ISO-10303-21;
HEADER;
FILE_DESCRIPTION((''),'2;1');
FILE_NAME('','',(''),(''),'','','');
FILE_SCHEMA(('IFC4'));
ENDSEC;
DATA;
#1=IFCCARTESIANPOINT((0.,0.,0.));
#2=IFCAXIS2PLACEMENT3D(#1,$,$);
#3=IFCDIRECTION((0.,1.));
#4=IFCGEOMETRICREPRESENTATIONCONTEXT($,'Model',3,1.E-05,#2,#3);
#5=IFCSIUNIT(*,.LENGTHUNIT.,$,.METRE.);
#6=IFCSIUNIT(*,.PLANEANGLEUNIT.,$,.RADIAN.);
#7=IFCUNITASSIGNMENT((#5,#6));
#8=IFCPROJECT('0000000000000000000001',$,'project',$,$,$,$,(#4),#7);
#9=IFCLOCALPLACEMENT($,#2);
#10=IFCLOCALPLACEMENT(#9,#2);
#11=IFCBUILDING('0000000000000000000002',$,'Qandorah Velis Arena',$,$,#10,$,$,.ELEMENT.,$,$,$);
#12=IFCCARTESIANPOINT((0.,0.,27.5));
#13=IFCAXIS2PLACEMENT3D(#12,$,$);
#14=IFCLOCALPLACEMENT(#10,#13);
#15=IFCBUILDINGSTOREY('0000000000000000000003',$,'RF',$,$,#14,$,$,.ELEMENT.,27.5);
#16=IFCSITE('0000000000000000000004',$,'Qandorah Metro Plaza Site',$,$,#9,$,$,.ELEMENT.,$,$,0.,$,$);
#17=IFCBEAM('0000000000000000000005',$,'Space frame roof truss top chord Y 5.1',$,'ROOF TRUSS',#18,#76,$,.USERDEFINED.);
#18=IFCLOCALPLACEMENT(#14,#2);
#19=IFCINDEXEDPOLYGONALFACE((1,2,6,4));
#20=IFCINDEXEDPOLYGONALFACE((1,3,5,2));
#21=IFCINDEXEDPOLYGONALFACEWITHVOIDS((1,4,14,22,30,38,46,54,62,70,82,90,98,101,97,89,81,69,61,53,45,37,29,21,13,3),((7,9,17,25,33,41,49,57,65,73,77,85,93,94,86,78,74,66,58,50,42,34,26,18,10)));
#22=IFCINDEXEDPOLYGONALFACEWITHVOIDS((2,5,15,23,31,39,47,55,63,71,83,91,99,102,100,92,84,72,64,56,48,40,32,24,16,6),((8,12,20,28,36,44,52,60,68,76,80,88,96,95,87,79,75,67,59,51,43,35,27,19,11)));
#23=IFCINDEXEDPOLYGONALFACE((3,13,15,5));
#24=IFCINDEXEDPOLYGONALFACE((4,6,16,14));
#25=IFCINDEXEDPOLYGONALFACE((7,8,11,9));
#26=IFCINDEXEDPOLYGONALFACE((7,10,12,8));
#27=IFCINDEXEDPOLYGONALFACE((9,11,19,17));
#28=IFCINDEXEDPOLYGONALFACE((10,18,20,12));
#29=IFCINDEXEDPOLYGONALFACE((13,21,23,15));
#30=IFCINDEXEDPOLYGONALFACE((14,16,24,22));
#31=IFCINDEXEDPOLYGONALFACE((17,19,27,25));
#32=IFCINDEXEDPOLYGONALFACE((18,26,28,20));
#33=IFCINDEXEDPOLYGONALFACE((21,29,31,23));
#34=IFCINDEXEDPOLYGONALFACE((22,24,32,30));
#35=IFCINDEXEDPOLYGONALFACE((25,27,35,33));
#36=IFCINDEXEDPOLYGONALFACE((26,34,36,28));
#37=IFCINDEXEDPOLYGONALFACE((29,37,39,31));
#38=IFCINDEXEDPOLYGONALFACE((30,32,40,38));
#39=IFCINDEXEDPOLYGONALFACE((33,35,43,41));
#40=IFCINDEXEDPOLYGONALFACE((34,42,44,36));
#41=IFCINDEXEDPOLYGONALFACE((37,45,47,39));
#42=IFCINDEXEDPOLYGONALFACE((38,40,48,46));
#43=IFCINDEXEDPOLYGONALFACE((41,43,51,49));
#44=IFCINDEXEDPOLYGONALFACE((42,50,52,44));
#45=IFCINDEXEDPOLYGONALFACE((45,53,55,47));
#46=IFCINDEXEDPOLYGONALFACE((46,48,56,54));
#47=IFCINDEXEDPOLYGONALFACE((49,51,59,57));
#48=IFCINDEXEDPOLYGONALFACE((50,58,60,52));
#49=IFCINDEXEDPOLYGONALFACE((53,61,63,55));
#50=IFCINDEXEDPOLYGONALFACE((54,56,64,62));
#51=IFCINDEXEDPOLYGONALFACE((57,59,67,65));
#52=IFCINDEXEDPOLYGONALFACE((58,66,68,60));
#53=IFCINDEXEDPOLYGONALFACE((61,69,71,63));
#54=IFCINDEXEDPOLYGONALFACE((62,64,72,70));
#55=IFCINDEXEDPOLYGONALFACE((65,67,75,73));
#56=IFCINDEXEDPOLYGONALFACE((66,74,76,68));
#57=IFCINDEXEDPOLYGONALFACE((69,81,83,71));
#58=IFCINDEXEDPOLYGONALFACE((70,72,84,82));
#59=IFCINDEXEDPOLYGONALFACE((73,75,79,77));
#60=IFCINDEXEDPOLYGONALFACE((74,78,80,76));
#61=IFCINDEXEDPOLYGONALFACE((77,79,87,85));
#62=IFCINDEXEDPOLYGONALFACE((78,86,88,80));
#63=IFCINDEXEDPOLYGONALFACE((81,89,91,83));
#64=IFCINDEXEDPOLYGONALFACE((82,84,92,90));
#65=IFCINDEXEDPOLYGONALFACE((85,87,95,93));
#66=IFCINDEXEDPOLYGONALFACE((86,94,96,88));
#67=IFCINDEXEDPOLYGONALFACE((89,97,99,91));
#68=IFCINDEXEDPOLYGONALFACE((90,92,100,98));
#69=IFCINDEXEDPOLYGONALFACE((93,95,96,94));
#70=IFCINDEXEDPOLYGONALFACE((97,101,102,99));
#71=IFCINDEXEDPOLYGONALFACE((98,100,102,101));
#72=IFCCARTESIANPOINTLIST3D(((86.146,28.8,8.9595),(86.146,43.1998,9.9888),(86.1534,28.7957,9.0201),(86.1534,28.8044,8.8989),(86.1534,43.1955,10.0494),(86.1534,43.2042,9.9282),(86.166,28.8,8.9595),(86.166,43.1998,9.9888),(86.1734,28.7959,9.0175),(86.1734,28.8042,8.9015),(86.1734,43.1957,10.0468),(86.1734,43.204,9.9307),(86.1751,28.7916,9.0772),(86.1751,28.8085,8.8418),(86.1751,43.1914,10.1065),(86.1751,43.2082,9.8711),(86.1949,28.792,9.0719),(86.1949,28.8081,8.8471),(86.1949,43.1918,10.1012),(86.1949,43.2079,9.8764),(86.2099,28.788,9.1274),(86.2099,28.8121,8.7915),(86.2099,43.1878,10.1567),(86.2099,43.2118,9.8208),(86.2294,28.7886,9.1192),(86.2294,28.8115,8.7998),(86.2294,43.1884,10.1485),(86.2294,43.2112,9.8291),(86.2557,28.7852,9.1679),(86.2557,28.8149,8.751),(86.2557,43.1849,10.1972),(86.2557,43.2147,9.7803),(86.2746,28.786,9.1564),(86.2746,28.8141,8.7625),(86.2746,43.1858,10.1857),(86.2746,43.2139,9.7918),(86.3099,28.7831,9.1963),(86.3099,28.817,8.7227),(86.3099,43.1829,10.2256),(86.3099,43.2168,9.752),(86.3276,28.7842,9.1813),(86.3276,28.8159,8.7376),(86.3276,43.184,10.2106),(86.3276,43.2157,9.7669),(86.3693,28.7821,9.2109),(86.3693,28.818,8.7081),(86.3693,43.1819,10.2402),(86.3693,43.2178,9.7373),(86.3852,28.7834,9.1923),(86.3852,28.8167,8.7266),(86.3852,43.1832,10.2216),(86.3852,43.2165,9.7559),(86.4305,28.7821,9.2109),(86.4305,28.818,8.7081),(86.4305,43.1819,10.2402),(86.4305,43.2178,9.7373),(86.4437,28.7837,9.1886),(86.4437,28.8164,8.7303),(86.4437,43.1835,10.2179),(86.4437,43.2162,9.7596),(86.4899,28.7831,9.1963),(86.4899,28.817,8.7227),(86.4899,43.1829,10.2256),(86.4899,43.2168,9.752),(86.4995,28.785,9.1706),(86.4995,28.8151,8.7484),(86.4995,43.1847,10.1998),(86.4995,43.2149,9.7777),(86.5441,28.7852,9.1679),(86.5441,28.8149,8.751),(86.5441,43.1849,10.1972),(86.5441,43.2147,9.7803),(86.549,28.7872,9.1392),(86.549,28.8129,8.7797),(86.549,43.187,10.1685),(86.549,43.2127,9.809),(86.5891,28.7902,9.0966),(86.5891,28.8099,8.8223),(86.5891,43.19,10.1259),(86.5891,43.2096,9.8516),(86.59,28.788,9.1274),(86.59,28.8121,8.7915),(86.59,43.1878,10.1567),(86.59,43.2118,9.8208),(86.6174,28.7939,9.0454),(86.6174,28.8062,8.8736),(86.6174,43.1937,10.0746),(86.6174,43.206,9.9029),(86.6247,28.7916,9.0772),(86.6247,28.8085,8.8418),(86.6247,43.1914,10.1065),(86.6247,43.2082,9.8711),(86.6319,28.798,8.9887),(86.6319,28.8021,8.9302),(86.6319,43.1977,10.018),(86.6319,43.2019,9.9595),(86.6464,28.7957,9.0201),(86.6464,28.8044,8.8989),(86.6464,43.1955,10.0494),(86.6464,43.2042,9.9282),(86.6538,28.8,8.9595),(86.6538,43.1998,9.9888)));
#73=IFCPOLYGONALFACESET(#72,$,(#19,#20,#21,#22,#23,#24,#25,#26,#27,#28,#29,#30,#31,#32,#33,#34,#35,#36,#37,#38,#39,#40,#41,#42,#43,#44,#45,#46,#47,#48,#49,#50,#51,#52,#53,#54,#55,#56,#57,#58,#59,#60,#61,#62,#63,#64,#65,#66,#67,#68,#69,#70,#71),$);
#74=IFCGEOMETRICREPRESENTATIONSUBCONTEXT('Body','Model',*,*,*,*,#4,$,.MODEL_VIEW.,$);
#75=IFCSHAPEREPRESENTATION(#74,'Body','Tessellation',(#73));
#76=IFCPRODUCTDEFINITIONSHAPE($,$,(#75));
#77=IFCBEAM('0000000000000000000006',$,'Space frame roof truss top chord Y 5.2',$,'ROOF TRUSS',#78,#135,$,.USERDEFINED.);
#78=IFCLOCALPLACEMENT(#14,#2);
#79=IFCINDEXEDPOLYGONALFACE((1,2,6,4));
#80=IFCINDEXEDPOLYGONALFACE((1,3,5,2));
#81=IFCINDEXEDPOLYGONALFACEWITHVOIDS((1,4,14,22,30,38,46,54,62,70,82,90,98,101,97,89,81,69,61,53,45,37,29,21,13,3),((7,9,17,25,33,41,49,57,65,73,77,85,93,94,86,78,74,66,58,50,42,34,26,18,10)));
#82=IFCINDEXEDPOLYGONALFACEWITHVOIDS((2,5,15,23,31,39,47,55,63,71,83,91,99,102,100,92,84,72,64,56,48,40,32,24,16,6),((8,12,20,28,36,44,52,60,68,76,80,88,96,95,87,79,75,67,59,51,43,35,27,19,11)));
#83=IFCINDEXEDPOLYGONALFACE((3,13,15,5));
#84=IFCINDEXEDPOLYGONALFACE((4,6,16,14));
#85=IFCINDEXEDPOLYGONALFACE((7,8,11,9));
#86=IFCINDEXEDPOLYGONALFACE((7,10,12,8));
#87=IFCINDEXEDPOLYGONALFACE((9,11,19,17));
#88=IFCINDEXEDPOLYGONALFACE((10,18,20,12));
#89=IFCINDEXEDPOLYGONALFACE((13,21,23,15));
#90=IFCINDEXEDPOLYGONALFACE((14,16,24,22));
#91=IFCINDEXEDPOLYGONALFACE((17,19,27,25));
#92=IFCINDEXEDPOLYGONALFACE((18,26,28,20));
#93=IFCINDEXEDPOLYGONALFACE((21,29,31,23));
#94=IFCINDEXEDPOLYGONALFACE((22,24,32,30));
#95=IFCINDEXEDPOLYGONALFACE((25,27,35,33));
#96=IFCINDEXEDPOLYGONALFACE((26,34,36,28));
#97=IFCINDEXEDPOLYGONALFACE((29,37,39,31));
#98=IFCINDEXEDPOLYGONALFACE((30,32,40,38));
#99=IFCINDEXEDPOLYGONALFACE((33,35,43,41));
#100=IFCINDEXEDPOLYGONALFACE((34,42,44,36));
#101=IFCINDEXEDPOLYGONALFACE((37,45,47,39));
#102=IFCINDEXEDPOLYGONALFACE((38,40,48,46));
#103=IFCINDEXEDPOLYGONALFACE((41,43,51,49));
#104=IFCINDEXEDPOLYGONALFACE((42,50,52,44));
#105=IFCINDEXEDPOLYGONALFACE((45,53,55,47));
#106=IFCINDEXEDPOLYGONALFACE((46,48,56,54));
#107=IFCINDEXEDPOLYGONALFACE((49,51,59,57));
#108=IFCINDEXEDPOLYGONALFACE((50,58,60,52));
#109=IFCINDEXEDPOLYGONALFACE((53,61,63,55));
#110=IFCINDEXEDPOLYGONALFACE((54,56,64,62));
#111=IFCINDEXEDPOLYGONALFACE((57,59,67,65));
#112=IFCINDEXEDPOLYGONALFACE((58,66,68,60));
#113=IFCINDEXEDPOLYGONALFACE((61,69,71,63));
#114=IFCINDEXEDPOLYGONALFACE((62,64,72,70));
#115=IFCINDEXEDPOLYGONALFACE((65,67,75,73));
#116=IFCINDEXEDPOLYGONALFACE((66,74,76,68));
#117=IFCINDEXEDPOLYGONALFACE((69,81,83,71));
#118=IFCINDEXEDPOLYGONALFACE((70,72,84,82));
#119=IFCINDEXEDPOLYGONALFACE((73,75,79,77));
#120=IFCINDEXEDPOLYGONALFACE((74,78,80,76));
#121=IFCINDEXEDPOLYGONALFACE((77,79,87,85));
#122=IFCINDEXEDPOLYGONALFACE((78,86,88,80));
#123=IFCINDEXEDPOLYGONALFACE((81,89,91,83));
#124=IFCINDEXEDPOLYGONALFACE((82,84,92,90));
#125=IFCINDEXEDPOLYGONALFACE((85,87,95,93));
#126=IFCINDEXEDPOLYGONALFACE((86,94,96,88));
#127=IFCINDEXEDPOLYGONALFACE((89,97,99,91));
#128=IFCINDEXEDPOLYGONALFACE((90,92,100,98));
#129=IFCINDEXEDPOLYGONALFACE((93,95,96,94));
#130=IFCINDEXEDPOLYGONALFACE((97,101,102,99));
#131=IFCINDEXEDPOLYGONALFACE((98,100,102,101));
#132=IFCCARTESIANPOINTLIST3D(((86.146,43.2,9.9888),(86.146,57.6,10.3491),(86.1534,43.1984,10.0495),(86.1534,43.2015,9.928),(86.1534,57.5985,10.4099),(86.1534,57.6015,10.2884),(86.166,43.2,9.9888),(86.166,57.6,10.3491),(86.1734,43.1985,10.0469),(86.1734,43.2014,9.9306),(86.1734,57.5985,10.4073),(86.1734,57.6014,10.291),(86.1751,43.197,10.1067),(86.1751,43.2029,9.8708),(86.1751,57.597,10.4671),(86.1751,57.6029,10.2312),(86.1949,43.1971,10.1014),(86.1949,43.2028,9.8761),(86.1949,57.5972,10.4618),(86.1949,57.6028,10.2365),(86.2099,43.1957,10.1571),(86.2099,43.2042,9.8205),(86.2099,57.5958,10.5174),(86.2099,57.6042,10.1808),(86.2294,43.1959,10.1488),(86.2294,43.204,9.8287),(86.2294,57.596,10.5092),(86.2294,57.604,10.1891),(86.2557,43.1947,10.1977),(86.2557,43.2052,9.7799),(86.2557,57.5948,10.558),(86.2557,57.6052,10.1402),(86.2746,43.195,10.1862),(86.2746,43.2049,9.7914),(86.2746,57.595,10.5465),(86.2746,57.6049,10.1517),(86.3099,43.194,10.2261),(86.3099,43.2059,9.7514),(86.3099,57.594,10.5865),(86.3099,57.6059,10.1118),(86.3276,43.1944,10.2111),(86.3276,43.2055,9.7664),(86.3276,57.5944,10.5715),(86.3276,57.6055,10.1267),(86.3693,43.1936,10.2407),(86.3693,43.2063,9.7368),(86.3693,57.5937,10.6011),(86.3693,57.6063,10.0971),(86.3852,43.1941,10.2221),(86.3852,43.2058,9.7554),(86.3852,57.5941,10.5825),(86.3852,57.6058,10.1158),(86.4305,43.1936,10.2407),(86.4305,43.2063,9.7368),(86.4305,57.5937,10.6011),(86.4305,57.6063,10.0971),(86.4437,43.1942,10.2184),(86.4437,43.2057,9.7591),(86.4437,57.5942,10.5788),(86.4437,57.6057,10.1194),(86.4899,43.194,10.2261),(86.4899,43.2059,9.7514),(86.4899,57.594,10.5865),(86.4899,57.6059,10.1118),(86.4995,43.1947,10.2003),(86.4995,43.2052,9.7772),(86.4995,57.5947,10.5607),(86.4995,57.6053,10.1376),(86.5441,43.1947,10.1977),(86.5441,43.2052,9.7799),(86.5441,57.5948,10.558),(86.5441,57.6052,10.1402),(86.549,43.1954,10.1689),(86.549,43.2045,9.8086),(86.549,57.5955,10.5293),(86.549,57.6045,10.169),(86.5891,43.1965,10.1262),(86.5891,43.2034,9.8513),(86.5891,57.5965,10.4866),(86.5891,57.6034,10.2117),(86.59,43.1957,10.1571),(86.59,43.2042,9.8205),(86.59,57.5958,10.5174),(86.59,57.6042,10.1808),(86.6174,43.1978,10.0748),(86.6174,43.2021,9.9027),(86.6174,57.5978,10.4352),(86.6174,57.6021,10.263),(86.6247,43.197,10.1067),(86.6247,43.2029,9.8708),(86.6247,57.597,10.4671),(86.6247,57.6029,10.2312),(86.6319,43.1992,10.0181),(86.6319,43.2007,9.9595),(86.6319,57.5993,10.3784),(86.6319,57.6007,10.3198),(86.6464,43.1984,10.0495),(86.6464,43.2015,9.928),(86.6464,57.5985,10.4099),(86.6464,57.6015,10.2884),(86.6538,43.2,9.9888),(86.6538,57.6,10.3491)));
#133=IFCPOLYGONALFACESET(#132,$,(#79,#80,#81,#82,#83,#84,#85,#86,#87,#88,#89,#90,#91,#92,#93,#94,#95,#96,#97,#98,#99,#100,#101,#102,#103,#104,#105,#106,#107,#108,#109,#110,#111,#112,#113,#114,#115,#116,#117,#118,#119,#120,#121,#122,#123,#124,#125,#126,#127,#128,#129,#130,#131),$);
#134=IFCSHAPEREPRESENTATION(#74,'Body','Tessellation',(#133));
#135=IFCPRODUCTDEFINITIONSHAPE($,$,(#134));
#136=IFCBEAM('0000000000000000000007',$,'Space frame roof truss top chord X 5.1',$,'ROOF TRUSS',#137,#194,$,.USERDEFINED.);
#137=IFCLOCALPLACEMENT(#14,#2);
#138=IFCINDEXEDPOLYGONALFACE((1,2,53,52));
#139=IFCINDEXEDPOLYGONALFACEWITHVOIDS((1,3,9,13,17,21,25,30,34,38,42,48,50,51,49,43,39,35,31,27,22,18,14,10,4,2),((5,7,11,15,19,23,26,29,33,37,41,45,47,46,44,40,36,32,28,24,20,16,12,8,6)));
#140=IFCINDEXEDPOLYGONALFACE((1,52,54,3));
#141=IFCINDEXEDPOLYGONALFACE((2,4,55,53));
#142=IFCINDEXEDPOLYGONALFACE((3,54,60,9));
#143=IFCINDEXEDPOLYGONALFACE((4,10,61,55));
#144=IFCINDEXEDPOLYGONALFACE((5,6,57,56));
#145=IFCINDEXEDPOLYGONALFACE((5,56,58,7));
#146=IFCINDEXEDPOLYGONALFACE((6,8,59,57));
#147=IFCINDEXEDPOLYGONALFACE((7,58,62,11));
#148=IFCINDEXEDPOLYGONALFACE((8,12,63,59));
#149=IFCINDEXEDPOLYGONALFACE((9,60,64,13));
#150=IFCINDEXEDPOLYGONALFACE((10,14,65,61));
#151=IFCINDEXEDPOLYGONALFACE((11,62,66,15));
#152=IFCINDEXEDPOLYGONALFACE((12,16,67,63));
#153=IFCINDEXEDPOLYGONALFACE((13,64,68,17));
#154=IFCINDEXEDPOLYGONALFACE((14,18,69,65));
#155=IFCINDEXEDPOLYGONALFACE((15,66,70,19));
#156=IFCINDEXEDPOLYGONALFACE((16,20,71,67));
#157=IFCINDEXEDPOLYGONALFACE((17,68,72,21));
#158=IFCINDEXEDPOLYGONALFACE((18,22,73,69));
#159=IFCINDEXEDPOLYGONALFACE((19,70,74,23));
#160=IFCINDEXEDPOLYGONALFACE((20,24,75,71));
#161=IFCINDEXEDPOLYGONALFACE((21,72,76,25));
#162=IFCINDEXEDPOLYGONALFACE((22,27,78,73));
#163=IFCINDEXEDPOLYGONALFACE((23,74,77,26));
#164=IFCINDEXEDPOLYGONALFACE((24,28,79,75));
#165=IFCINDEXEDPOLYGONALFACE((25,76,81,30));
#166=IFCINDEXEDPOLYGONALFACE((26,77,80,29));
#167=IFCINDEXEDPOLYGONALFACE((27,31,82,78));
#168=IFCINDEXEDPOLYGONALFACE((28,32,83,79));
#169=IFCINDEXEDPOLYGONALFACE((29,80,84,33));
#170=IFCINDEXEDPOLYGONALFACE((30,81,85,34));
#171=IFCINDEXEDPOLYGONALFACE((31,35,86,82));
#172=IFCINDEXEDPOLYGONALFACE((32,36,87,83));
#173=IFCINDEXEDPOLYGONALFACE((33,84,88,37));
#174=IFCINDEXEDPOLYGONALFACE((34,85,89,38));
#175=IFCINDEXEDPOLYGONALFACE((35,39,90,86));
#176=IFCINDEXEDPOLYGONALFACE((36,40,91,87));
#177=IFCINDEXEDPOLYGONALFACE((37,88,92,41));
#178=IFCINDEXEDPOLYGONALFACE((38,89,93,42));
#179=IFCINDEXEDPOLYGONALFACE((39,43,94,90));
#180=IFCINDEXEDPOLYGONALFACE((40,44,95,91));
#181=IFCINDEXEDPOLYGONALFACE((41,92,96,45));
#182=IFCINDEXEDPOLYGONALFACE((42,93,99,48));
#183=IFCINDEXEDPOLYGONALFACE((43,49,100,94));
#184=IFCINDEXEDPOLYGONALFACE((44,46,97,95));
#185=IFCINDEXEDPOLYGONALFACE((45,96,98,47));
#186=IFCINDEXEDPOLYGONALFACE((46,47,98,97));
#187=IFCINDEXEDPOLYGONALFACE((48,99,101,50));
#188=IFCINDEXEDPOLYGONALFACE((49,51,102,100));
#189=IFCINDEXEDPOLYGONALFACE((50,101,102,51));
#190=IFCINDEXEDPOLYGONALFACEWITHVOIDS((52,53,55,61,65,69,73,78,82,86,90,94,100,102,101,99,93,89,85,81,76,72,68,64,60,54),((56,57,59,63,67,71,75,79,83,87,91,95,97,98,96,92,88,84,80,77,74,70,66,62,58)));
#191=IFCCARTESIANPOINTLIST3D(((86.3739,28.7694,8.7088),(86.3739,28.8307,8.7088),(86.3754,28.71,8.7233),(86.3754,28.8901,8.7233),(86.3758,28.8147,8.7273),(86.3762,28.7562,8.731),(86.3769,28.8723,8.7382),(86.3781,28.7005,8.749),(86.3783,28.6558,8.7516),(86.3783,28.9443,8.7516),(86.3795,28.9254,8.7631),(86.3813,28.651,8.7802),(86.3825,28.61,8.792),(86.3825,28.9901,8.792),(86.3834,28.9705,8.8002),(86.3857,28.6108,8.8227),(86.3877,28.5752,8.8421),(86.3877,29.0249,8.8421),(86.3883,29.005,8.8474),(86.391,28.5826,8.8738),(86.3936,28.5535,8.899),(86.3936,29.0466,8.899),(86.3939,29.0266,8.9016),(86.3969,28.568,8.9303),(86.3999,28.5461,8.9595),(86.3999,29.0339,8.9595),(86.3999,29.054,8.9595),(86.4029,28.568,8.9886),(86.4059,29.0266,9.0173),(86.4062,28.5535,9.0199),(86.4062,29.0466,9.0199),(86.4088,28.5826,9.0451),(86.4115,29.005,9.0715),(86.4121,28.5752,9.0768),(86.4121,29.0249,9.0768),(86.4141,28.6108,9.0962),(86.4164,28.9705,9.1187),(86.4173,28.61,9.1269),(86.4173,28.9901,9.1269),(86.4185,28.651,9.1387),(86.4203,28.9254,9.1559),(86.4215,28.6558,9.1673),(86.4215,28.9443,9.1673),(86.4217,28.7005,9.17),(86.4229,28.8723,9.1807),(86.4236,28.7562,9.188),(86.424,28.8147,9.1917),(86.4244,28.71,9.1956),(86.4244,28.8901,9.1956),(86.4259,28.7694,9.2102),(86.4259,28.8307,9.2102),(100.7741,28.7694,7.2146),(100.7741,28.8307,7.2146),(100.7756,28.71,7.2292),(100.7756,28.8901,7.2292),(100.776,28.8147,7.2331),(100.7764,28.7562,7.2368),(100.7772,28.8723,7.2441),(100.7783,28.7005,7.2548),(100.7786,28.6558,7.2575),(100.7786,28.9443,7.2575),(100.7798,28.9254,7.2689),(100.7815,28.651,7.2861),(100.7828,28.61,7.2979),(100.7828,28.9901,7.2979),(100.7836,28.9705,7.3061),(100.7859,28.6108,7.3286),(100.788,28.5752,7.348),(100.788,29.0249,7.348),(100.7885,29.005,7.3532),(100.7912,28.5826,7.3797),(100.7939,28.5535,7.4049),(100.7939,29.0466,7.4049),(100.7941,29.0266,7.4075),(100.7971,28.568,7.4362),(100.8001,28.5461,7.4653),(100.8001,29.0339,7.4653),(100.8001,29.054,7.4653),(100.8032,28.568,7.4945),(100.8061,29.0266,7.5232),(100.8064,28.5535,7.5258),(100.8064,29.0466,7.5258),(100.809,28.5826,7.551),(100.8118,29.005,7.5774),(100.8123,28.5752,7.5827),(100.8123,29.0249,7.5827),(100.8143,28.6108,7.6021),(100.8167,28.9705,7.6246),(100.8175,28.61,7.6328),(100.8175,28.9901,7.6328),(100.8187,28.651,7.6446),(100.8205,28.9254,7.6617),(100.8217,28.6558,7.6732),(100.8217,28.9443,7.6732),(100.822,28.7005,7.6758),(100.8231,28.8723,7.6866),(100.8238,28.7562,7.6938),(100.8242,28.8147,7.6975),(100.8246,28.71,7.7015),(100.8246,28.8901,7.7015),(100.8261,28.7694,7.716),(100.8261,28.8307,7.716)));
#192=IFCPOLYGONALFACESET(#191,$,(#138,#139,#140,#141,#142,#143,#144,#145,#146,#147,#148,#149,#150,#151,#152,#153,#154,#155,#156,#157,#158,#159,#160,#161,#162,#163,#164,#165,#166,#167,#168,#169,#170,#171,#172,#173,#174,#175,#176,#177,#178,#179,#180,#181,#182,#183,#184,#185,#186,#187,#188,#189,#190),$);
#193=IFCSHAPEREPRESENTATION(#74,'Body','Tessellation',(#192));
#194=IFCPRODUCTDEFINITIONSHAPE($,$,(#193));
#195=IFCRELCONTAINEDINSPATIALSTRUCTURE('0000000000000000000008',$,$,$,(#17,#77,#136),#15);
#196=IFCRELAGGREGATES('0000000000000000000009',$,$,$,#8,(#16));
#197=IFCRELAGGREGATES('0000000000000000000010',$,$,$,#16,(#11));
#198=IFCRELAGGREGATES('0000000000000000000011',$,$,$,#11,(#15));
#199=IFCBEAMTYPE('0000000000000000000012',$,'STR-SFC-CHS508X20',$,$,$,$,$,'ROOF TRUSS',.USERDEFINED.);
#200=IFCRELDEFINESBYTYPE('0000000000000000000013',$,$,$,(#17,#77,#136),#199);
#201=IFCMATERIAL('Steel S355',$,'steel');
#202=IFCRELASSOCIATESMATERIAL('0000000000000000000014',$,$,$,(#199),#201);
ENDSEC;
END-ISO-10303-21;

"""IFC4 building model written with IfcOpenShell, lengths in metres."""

from ifc_helpers import new_model, si_unit, direction, frame, origin, origin_2d, place, context, subcontext, project, spatial, hollow_circle, extrude, material, material_profile, profile_set, type_object, element, save


model = new_model("IFC4")

# Units and contexts
model_context = context("Model", 3, precision=1e-05, world=origin(), true_north=direction((0.0, 1.0)))
body_context = subcontext(model_context, "Body", "Model", "MODEL_VIEW")
ifc_project = project(units=[si_unit("LENGTHUNIT", "METRE"), si_unit("PLANEANGLEUNIT", "RADIAN")], contexts=[model_context])

# Site, building, storey
site_placement = place(None, origin())
site = spatial("IfcSite", under=ifc_project, at=site_placement, Name="Qandorah Metro Plaza Site", CompositionType="ELEMENT", RefElevation=0.0)
building_placement = place(site_placement, origin())
building = spatial("IfcBuilding", under=site, at=building_placement, Name="Qandorah Velis Arena", CompositionType="ELEMENT")
storey_placement = place(building_placement, frame((0.0, 0.0, 27.5)))
storey = spatial("IfcBuildingStorey", under=building, at=storey_placement, Name="RF", CompositionType="ELEMENT", Elevation=27.5)

# Shared definitions
ifc_material_1 = material(Name="Steel S355", Category="steel")

# Beams
ifc_material_profile_1 = material_profile(ifc_material_1, hollow_circle(Radius=0.2539, WallThickness=0.02, at=origin_2d()), Name="CHS 508x20")
ifc_profile_set_1 = profile_set([ifc_material_profile_1], Name="Steel S355")
beam_type_1 = type_object("IfcBeamType", Name="STR-SFC-CHS508X20", ElementType="ROOF TRUSS", PredefinedType="USERDEFINED", material=ifc_profile_set_1)
beam_1_placement = place(storey_placement, frame((86.3999, 28.8, 8.9595), z_axis=(0.0, 0.997455, 0.071298), x_axis=(-1.0, 0.0, 0.0)))
element("IfcBeam", 1, at=beam_1_placement, inside=storey, type_object=beam_type_1, Name="Space frame roof truss top chord Y 5.1", ObjectType="ROOF TRUSS", PredefinedType="USERDEFINED", context=body_context, shape_type="SweptSolid", body=[
    extrude(hollow_circle(Radius=0.2539, WallThickness=0.02, at=origin_2d()), origin(), (0.0, 0.0, 1.0), 14.4365),
])
beam_2_placement = place(storey_placement, frame((86.3999, 43.2, 9.9888), z_axis=(0.0, 0.999687, 0.025016), x_axis=(-1.0, 0.0, 0.0)))
element("IfcBeam", 2, at=beam_2_placement, inside=storey, type_object=beam_type_1, Name="Space frame roof truss top chord Y 5.2", ObjectType="ROOF TRUSS", PredefinedType="USERDEFINED", context=body_context, shape_type="SweptSolid", body=[
    extrude(hollow_circle(Radius=0.2539, WallThickness=0.02, at=origin_2d()), origin(), (0.0, 0.0, 1.0), 14.4045),
])
beam_3_placement = place(storey_placement, frame((86.3999, 28.8, 8.9595), z_axis=(0.99466, 0.0, -0.103205), x_axis=(0.0, 1.0, 0.0)))
element("IfcBeam", 3, at=beam_3_placement, inside=storey, type_object=beam_type_1, Name="Space frame roof truss top chord X 5.1", ObjectType="ROOF TRUSS", PredefinedType="USERDEFINED", context=body_context, shape_type="SweptSolid", body=[
    extrude(hollow_circle(Radius=0.2539, WallThickness=0.02, at=origin_2d()), origin(), (0.0, 0.0, 1.0), 14.4775),
])

save(model, "model.ifc")
